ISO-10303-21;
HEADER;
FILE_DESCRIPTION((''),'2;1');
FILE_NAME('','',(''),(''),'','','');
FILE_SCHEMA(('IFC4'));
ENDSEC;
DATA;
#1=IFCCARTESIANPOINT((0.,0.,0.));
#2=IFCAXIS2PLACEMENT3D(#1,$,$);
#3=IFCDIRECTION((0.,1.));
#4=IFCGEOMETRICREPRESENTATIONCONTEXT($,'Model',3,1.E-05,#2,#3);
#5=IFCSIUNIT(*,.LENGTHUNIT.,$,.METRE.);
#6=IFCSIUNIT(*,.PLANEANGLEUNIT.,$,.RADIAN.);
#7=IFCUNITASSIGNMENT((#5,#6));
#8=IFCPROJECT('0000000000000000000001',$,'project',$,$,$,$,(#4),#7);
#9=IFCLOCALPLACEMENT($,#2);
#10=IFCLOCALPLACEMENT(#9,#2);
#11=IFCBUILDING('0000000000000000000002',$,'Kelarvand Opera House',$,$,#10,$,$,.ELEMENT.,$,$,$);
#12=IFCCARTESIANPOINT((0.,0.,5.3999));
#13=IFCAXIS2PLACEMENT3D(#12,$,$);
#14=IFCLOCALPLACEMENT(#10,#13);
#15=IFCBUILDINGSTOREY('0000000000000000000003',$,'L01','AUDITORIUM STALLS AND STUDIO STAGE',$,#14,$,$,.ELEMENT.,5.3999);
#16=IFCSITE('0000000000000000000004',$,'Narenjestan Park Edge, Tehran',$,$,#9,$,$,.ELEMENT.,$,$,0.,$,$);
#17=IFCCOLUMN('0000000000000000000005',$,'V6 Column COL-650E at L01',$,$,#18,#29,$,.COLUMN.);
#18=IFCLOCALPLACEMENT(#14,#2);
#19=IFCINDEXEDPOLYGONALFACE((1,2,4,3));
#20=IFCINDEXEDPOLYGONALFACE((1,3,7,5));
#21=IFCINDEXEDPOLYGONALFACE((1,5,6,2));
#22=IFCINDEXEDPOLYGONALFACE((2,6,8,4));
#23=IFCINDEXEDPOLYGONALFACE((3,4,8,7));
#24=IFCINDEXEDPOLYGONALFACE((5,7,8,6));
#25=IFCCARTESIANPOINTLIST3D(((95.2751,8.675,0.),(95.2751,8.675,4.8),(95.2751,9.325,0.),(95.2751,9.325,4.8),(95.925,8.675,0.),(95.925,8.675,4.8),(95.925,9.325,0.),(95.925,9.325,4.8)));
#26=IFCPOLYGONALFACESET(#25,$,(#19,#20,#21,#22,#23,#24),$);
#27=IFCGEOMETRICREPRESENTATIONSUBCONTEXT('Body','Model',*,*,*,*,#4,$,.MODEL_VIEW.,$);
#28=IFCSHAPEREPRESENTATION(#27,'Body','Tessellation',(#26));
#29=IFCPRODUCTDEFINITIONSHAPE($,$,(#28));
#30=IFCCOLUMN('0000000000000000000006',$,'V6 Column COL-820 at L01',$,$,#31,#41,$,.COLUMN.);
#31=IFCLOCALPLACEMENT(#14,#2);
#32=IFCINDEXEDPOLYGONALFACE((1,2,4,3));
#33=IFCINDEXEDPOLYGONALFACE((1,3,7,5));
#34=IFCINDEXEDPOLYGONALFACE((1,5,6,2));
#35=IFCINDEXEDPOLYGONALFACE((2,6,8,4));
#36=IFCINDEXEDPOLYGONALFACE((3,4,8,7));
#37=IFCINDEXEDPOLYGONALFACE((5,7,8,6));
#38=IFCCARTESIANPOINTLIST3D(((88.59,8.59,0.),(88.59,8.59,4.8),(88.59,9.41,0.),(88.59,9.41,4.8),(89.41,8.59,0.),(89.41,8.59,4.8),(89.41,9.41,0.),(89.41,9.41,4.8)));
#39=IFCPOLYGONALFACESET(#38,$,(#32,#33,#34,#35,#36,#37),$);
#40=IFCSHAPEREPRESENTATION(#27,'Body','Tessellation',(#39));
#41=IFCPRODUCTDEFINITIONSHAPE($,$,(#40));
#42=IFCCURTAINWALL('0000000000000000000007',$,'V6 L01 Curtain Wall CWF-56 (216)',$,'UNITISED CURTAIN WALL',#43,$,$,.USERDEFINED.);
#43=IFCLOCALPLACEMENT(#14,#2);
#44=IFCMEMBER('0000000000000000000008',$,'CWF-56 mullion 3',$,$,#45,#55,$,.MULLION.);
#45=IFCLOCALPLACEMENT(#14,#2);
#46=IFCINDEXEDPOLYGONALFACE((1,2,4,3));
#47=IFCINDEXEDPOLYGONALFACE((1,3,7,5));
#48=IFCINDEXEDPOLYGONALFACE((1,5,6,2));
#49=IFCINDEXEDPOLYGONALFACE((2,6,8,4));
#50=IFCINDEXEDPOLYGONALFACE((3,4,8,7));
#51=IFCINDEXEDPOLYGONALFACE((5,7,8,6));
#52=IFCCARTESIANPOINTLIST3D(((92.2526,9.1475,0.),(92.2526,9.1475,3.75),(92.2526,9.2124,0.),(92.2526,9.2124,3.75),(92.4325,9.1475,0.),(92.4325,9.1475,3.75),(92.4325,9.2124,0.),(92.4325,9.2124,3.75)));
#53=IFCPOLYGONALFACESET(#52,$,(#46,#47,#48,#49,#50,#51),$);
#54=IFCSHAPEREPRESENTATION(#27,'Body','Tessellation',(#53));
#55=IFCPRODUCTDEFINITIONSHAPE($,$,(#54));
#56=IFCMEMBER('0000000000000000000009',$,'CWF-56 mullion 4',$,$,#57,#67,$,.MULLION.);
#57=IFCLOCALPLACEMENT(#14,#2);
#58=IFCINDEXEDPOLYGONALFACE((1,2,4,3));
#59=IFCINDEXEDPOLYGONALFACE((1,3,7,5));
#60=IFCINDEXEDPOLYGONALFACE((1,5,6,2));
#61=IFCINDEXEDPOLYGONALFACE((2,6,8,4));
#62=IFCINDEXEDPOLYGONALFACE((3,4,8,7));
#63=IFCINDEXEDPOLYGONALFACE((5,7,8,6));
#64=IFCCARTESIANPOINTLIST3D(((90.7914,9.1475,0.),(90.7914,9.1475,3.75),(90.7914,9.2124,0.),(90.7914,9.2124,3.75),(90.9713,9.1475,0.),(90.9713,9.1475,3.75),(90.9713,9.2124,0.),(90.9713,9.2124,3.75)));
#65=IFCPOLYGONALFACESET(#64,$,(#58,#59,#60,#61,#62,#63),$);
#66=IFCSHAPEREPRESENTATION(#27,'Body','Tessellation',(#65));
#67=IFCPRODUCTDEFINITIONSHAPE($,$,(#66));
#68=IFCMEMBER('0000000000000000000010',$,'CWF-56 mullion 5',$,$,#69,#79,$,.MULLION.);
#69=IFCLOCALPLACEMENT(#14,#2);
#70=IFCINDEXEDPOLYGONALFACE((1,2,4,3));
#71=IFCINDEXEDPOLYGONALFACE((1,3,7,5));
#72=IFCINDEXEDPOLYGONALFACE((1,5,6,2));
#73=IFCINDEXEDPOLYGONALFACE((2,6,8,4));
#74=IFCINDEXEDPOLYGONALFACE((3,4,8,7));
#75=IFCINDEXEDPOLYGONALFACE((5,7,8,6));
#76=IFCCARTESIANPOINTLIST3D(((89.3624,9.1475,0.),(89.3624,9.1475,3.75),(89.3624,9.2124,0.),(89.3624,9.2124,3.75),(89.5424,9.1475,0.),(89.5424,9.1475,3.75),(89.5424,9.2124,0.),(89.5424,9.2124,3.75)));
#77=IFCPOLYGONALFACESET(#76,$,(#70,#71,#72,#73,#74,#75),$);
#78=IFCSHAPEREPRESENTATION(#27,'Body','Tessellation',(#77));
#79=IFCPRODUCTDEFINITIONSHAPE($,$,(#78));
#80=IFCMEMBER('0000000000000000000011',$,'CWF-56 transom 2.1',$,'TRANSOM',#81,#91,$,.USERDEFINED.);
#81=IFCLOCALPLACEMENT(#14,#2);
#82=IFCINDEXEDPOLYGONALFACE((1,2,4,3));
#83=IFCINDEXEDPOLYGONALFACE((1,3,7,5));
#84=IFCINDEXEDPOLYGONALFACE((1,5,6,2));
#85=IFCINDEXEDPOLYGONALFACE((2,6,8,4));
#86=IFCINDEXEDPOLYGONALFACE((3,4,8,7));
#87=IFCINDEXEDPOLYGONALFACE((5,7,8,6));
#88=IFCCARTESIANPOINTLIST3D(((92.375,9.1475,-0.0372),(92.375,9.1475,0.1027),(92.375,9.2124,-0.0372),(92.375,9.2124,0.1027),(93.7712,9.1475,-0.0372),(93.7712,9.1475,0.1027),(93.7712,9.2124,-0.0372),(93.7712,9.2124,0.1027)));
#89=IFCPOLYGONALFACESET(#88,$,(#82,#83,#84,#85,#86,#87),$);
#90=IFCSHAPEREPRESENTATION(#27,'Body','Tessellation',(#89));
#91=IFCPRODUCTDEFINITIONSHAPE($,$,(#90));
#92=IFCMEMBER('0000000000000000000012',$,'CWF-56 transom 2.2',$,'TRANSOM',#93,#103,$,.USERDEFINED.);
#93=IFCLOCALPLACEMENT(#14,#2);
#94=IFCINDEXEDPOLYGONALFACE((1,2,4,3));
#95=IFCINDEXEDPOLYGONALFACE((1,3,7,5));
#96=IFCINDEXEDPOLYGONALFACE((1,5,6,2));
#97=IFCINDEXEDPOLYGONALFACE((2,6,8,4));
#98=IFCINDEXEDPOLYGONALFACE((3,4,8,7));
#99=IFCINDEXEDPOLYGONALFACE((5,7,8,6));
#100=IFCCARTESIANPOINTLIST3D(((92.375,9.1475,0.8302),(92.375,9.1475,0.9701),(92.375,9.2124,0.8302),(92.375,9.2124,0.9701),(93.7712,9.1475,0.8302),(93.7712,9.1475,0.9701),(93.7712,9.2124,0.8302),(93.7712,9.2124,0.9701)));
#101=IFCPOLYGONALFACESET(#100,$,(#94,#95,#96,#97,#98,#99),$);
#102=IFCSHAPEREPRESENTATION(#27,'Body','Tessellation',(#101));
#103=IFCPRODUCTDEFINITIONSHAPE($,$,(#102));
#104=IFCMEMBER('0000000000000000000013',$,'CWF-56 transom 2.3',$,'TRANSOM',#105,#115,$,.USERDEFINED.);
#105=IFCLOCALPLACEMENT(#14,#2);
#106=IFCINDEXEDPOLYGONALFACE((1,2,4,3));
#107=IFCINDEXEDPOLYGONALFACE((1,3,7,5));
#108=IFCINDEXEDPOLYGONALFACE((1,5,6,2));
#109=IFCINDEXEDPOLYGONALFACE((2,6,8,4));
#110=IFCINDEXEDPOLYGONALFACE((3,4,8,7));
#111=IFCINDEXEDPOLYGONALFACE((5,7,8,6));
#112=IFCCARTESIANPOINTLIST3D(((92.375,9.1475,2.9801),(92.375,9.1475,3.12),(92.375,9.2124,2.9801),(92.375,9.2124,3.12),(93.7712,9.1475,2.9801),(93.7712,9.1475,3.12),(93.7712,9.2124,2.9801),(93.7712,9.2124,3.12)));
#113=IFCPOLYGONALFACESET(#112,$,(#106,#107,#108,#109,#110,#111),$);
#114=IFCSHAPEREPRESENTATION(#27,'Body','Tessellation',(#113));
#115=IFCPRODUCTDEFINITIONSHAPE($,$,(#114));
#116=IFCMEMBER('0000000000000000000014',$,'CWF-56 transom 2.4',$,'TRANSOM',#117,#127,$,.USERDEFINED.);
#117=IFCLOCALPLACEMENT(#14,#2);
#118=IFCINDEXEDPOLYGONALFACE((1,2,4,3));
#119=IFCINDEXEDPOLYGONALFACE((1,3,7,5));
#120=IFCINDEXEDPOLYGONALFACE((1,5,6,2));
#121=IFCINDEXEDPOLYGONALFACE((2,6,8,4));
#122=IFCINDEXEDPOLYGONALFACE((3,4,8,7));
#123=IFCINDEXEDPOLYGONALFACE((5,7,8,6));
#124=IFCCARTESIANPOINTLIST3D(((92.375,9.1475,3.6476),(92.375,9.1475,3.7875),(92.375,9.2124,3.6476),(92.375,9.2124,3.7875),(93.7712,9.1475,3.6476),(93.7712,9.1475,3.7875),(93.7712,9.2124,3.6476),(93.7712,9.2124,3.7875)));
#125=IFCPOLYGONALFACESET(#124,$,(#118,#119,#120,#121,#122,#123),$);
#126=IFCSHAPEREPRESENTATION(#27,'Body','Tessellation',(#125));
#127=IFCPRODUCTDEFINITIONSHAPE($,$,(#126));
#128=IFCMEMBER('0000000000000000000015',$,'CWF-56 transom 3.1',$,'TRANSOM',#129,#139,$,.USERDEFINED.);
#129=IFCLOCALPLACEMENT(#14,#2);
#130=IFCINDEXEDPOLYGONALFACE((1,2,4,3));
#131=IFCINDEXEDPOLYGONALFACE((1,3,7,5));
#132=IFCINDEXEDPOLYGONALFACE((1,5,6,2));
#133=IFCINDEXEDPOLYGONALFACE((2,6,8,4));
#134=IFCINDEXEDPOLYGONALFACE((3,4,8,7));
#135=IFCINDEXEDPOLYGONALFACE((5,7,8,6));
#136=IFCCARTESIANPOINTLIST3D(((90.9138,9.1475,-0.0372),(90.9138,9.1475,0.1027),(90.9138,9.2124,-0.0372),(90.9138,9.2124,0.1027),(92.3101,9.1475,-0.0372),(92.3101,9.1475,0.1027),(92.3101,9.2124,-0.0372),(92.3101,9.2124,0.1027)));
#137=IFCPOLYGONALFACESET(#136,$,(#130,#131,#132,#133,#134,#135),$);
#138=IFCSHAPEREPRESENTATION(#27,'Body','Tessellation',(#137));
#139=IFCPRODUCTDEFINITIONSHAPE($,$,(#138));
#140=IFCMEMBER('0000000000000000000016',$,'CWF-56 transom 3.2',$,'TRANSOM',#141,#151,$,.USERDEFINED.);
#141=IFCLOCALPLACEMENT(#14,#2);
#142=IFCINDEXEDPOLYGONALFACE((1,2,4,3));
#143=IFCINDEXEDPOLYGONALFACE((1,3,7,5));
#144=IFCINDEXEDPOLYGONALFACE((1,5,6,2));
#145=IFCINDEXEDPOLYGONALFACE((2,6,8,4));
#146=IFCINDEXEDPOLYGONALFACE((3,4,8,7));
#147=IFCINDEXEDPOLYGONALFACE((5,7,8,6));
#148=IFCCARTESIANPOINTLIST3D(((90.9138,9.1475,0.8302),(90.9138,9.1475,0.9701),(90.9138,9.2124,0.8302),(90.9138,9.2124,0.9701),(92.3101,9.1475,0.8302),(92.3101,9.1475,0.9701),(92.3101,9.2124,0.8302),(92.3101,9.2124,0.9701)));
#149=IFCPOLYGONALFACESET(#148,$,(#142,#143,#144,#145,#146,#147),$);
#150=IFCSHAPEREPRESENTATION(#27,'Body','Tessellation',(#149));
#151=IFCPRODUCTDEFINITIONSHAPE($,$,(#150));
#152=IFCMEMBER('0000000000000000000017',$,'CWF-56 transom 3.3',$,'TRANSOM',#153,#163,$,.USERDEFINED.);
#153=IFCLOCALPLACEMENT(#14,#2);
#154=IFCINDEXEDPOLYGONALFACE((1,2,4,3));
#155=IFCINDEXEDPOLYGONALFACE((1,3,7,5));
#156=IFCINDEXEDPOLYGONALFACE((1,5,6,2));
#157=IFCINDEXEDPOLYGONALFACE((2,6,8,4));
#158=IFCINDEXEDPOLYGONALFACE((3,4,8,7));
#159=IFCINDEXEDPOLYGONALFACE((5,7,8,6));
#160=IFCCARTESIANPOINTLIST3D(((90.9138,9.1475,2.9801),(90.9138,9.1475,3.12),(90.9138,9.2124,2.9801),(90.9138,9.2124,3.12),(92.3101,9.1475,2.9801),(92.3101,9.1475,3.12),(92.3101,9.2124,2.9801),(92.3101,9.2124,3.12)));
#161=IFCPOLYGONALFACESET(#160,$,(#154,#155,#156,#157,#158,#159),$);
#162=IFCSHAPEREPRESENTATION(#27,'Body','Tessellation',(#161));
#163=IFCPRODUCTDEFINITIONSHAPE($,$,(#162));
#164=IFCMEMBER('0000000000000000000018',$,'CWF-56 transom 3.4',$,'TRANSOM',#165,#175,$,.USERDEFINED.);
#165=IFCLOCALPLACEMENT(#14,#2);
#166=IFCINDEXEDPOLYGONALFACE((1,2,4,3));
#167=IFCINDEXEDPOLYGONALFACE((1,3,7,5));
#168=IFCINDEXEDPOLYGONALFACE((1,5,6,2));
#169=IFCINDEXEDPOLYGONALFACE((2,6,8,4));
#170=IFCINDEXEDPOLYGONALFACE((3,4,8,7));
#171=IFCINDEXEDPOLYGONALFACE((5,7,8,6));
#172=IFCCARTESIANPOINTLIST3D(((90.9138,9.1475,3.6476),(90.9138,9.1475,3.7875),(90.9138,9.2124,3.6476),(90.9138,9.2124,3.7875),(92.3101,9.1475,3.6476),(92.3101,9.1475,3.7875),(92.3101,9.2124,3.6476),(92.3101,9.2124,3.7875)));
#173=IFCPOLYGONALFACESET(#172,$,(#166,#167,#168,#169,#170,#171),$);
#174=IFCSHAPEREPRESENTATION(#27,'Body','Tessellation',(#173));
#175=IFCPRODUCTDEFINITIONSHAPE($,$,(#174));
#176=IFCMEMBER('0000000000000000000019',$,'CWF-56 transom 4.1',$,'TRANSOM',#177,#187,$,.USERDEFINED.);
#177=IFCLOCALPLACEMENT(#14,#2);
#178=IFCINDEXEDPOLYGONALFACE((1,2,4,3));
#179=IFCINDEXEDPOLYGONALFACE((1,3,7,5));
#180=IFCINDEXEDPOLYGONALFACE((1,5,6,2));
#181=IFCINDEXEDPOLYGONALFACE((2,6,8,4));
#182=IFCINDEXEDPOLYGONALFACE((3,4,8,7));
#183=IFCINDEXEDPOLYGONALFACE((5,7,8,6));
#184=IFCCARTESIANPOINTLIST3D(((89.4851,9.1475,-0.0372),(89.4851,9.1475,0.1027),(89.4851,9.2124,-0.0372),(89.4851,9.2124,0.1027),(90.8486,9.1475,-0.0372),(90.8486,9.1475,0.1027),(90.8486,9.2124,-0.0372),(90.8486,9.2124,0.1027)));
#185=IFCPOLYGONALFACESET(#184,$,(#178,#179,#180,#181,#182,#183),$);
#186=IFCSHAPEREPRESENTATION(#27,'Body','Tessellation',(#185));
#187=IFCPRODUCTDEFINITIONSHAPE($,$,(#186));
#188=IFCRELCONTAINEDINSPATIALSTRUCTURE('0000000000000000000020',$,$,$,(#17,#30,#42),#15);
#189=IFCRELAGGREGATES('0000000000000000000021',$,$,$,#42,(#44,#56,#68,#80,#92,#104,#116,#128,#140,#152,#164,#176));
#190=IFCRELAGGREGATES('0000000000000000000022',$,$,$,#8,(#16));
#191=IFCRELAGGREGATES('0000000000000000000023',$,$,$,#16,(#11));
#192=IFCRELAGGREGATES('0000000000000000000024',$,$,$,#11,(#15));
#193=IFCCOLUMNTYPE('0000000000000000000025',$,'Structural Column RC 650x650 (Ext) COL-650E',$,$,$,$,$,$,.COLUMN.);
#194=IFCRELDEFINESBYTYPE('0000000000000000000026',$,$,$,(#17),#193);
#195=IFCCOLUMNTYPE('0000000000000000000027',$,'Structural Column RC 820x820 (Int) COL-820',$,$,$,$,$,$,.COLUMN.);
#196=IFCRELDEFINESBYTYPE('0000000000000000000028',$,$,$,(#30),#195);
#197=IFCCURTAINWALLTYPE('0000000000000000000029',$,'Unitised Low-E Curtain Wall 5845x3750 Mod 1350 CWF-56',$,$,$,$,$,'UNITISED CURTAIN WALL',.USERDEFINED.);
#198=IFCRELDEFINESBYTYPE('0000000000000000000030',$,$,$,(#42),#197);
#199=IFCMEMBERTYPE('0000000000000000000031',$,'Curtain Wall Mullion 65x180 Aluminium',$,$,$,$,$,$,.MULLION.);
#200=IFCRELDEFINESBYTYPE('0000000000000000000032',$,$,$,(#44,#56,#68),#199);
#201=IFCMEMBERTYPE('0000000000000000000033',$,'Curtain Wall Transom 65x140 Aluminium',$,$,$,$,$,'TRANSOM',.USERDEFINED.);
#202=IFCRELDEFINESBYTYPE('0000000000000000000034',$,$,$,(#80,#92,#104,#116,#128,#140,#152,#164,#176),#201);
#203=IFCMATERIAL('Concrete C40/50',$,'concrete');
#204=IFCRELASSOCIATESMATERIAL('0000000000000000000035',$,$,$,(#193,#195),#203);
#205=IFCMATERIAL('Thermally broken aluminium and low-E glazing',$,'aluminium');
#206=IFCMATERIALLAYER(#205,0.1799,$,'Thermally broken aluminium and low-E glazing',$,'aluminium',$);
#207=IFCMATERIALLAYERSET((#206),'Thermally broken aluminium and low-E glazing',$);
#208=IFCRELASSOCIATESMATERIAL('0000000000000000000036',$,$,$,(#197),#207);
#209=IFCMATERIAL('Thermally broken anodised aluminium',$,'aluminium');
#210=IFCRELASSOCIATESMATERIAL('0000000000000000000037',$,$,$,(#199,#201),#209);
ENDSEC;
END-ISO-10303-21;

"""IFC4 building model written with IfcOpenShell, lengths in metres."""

from ifc_helpers import new_model, si_unit, direction, frame, origin, origin_2d, place, context, subcontext, project, spatial, rectangle, extrude, material, layer, layer_set, material_profile, profile_set, type_object, element, aggregate, save


model = new_model("IFC4")

# Units and contexts
model_context = context("Model", 3, precision=1e-05, world=origin(), true_north=direction((0.0, 1.0)))
body_context = subcontext(model_context, "Body", "Model", "MODEL_VIEW")
ifc_project = project(units=[si_unit("LENGTHUNIT", "METRE"), si_unit("PLANEANGLEUNIT", "RADIAN")], contexts=[model_context])

# Site, building, storey
site_placement = place(None, origin())
site = spatial("IfcSite", under=ifc_project, at=site_placement, Name="Narenjestan Park Edge, Tehran", CompositionType="ELEMENT", RefElevation=0.0)
building_placement = place(site_placement, origin())
building = spatial("IfcBuilding", under=site, at=building_placement, Name="Kelarvand Opera House", CompositionType="ELEMENT")
storey_placement = place(building_placement, frame((0.0, 0.0, 5.3999)))
storey = spatial("IfcBuildingStorey", under=building, at=storey_placement, Name="L01", Description="AUDITORIUM STALLS AND STUDIO STAGE", CompositionType="ELEMENT", Elevation=5.3999)

# Columns
ifc_material_1 = material(Name="Concrete C40/50", Category="concrete")
ifc_material_profile_1 = material_profile(ifc_material_1, rectangle(XDim=0.6499, YDim=0.6499, at=origin_2d()), Name="RC 650x650", Category="concrete")
ifc_profile_set_1 = profile_set([ifc_material_profile_1], Name="Concrete C40/50")
column_type_1 = type_object("IfcColumnType", Name="Structural Column RC 650x650 (Ext) COL-650E", PredefinedType="COLUMN", material=ifc_profile_set_1)
column_1_placement = place(storey_placement, frame((95.6001, 9.0, 0.0), z_axis=(0.0, 0.0, 1.0), x_axis=(1.0, 0.0, 0.0)))
element("IfcColumn", 1, at=column_1_placement, inside=storey, type_object=column_type_1, Name="V6 Column COL-650E at L01", PredefinedType="COLUMN", context=body_context, shape_type="SweptSolid", body=[
    extrude(rectangle(XDim=0.6499, YDim=0.6499, at=origin_2d()), origin(), (0.0, 0.0, 1.0), 4.8),
])
ifc_material_profile_2 = material_profile(ifc_material_1, rectangle(XDim=0.8201, YDim=0.8201, at=origin_2d()), Name="RC 820x820", Category="concrete")
ifc_profile_set_2 = profile_set([ifc_material_profile_2], Name="Concrete C40/50")
column_type_2 = type_object("IfcColumnType", Name="Structural Column RC 820x820 (Int) COL-820", PredefinedType="COLUMN", material=ifc_profile_set_2)
column_2_placement = place(storey_placement, frame((89.0, 9.0, 0.0), z_axis=(0.0, 0.0, 1.0), x_axis=(1.0, 0.0, 0.0)))
element("IfcColumn", 2, at=column_2_placement, inside=storey, type_object=column_type_2, Name="V6 Column COL-820 at L01", PredefinedType="COLUMN", context=body_context, shape_type="SweptSolid", body=[
    extrude(rectangle(XDim=0.8201, YDim=0.8201, at=origin_2d()), origin(), (0.0, 0.0, 1.0), 4.8),
])

# Curtain wall, members
ifc_material_2 = material(Name="Thermally broken aluminium and low-E glazing", Category="aluminium")
ifc_layer_1 = layer(ifc_material_2, 0.1799, Name="Thermally broken aluminium and low-E glazing", Category="aluminium")
ifc_layer_set_1 = layer_set([ifc_layer_1], Name="Thermally broken aluminium and low-E glazing")
curtain_wall_type = type_object("IfcCurtainWallType", Name="Unitised Low-E Curtain Wall 5845x3750 Mod 1350 CWF-56", ElementType="UNITISED CURTAIN WALL", PredefinedType="USERDEFINED", material=ifc_layer_set_1)
curtain_wall_placement = place(storey_placement, origin())
curtain_wall = element("IfcCurtainWall", 3, at=curtain_wall_placement, inside=storey, type_object=curtain_wall_type, Name="V6 L01 Curtain Wall CWF-56 (216)", ObjectType="UNITISED CURTAIN WALL", PredefinedType="USERDEFINED")
ifc_material_3 = material(Name="Thermally broken anodised aluminium", Category="aluminium")
ifc_material_profile_3 = material_profile(ifc_material_3, rectangle(XDim=0.0649, YDim=0.1799, at=origin_2d()), Name="ALU MULLION 65x180", Category="aluminium")
ifc_profile_set_3 = profile_set([ifc_material_profile_3], Name="Thermally broken anodised aluminium")
member_type_1 = type_object("IfcMemberType", Name="Curtain Wall Mullion 65x180 Aluminium", PredefinedType="MULLION", material=ifc_profile_set_3)
member_1_placement = place(storey_placement, frame((92.3425, 9.1799, 0.0), z_axis=(0.0, 0.0, 1.0), x_axis=(0.0, -1.0, 0.0)))
member_1 = element("IfcMember", 4, at=member_1_placement, type_object=member_type_1, Name="CWF-56 mullion 3", PredefinedType="MULLION", context=body_context, shape_type="SweptSolid", body=[
    extrude(rectangle(XDim=0.0649, YDim=0.1799, at=origin_2d()), origin(), (0.0, 0.0, 1.0), 3.75),
])
member_2_placement = place(storey_placement, frame((90.8813, 9.1799, 0.0), z_axis=(0.0, 0.0, 1.0), x_axis=(0.0, -1.0, 0.0)))
member_2 = element("IfcMember", 5, at=member_2_placement, type_object=member_type_1, Name="CWF-56 mullion 4", PredefinedType="MULLION", context=body_context, shape_type="SweptSolid", body=[
    extrude(rectangle(XDim=0.0649, YDim=0.1799, at=origin_2d()), origin(), (0.0, 0.0, 1.0), 3.75),
])
member_3_placement = place(storey_placement, frame((89.4524, 9.1799, 0.0), z_axis=(0.0, 0.0, 1.0), x_axis=(0.0, -1.0, 0.0)))
member_3 = element("IfcMember", 6, at=member_3_placement, type_object=member_type_1, Name="CWF-56 mullion 5", PredefinedType="MULLION", context=body_context, shape_type="SweptSolid", body=[
    extrude(rectangle(XDim=0.0649, YDim=0.1799, at=origin_2d()), origin(), (0.0, 0.0, 1.0), 3.75),
])
ifc_material_profile_4 = material_profile(ifc_material_3, rectangle(XDim=0.0649, YDim=0.1399, at=origin_2d()), Name="ALU TRANSOM 65x140", Category="aluminium")
ifc_profile_set_4 = profile_set([ifc_material_profile_4], Name="Thermally broken anodised aluminium")
member_type_2 = type_object("IfcMemberType", Name="Curtain Wall Transom 65x140 Aluminium", ElementType="TRANSOM", PredefinedType="USERDEFINED", material=ifc_profile_set_4)
member_4_placement = place(storey_placement, frame((93.7712, 9.1799, 0.0327), z_axis=(-1.0, 0.0, 0.0), x_axis=(0.0, -1.0, 0.0)))
member_4 = element("IfcMember", 7, at=member_4_placement, type_object=member_type_2, Name="CWF-56 transom 2.1", ObjectType="TRANSOM", PredefinedType="USERDEFINED", context=body_context, shape_type="SweptSolid", body=[
    extrude(rectangle(XDim=0.0649, YDim=0.1399, at=origin_2d()), origin(), (0.0, 0.0, 1.0), 1.3962),
])
member_5_placement = place(storey_placement, frame((93.7712, 9.1799, 0.9001), z_axis=(-1.0, 0.0, 0.0), x_axis=(0.0, -1.0, 0.0)))
member_5 = element("IfcMember", 8, at=member_5_placement, type_object=member_type_2, Name="CWF-56 transom 2.2", ObjectType="TRANSOM", PredefinedType="USERDEFINED", context=body_context, shape_type="SweptSolid", body=[
    extrude(rectangle(XDim=0.0649, YDim=0.1399, at=origin_2d()), origin(), (0.0, 0.0, 1.0), 1.3962),
])
member_6_placement = place(storey_placement, frame((93.7712, 9.1799, 3.05), z_axis=(-1.0, 0.0, 0.0), x_axis=(0.0, -1.0, 0.0)))
member_6 = element("IfcMember", 9, at=member_6_placement, type_object=member_type_2, Name="CWF-56 transom 2.3", ObjectType="TRANSOM", PredefinedType="USERDEFINED", context=body_context, shape_type="SweptSolid", body=[
    extrude(rectangle(XDim=0.0649, YDim=0.1399, at=origin_2d()), origin(), (0.0, 0.0, 1.0), 1.3962),
])
member_7_placement = place(storey_placement, frame((93.7712, 9.1799, 3.7175), z_axis=(-1.0, 0.0, 0.0), x_axis=(0.0, -1.0, 0.0)))
member_7 = element("IfcMember", 10, at=member_7_placement, type_object=member_type_2, Name="CWF-56 transom 2.4", ObjectType="TRANSOM", PredefinedType="USERDEFINED", context=body_context, shape_type="SweptSolid", body=[
    extrude(rectangle(XDim=0.0649, YDim=0.1399, at=origin_2d()), origin(), (0.0, 0.0, 1.0), 1.3962),
])
member_8_placement = place(storey_placement, frame((92.3101, 9.1799, 0.0327), z_axis=(-1.0, 0.0, 0.0), x_axis=(0.0, -1.0, 0.0)))
member_8 = element("IfcMember", 11, at=member_8_placement, type_object=member_type_2, Name="CWF-56 transom 3.1", ObjectType="TRANSOM", PredefinedType="USERDEFINED", context=body_context, shape_type="SweptSolid", body=[
    extrude(rectangle(XDim=0.0649, YDim=0.1399, at=origin_2d()), origin(), (0.0, 0.0, 1.0), 1.3962),
])
member_9_placement = place(storey_placement, frame((92.3101, 9.1799, 0.9001), z_axis=(-1.0, 0.0, 0.0), x_axis=(0.0, -1.0, 0.0)))
member_9 = element("IfcMember", 12, at=member_9_placement, type_object=member_type_2, Name="CWF-56 transom 3.2", ObjectType="TRANSOM", PredefinedType="USERDEFINED", context=body_context, shape_type="SweptSolid", body=[
    extrude(rectangle(XDim=0.0649, YDim=0.1399, at=origin_2d()), origin(), (0.0, 0.0, 1.0), 1.3962),
])
member_10_placement = place(storey_placement, frame((92.3101, 9.1799, 3.05), z_axis=(-1.0, 0.0, 0.0), x_axis=(0.0, -1.0, 0.0)))
member_10 = element("IfcMember", 13, at=member_10_placement, type_object=member_type_2, Name="CWF-56 transom 3.3", ObjectType="TRANSOM", PredefinedType="USERDEFINED", context=body_context, shape_type="SweptSolid", body=[
    extrude(rectangle(XDim=0.0649, YDim=0.1399, at=origin_2d()), origin(), (0.0, 0.0, 1.0), 1.3962),
])
member_11_placement = place(storey_placement, frame((92.3101, 9.1799, 3.7175), z_axis=(-1.0, 0.0, 0.0), x_axis=(0.0, -1.0, 0.0)))
member_11 = element("IfcMember", 14, at=member_11_placement, type_object=member_type_2, Name="CWF-56 transom 3.4", ObjectType="TRANSOM", PredefinedType="USERDEFINED", context=body_context, shape_type="SweptSolid", body=[
    extrude(rectangle(XDim=0.0649, YDim=0.1399, at=origin_2d()), origin(), (0.0, 0.0, 1.0), 1.3962),
])
member_12_placement = place(storey_placement, frame((90.8486, 9.1799, 0.0327), z_axis=(-1.0, 0.0, 0.0), x_axis=(0.0, -1.0, 0.0)))
member_12 = element("IfcMember", 15, at=member_12_placement, type_object=member_type_2, Name="CWF-56 transom 4.1", ObjectType="TRANSOM", PredefinedType="USERDEFINED", context=body_context, shape_type="SweptSolid", body=[
    extrude(rectangle(XDim=0.0649, YDim=0.1399, at=origin_2d()), origin(), (0.0, 0.0, 1.0), 1.3635),
])

aggregate(curtain_wall, [member_1, member_2, member_3, member_4, member_5, member_6, member_7, member_8, member_9, member_10, member_11, member_12])

save(model, "model.ifc")
